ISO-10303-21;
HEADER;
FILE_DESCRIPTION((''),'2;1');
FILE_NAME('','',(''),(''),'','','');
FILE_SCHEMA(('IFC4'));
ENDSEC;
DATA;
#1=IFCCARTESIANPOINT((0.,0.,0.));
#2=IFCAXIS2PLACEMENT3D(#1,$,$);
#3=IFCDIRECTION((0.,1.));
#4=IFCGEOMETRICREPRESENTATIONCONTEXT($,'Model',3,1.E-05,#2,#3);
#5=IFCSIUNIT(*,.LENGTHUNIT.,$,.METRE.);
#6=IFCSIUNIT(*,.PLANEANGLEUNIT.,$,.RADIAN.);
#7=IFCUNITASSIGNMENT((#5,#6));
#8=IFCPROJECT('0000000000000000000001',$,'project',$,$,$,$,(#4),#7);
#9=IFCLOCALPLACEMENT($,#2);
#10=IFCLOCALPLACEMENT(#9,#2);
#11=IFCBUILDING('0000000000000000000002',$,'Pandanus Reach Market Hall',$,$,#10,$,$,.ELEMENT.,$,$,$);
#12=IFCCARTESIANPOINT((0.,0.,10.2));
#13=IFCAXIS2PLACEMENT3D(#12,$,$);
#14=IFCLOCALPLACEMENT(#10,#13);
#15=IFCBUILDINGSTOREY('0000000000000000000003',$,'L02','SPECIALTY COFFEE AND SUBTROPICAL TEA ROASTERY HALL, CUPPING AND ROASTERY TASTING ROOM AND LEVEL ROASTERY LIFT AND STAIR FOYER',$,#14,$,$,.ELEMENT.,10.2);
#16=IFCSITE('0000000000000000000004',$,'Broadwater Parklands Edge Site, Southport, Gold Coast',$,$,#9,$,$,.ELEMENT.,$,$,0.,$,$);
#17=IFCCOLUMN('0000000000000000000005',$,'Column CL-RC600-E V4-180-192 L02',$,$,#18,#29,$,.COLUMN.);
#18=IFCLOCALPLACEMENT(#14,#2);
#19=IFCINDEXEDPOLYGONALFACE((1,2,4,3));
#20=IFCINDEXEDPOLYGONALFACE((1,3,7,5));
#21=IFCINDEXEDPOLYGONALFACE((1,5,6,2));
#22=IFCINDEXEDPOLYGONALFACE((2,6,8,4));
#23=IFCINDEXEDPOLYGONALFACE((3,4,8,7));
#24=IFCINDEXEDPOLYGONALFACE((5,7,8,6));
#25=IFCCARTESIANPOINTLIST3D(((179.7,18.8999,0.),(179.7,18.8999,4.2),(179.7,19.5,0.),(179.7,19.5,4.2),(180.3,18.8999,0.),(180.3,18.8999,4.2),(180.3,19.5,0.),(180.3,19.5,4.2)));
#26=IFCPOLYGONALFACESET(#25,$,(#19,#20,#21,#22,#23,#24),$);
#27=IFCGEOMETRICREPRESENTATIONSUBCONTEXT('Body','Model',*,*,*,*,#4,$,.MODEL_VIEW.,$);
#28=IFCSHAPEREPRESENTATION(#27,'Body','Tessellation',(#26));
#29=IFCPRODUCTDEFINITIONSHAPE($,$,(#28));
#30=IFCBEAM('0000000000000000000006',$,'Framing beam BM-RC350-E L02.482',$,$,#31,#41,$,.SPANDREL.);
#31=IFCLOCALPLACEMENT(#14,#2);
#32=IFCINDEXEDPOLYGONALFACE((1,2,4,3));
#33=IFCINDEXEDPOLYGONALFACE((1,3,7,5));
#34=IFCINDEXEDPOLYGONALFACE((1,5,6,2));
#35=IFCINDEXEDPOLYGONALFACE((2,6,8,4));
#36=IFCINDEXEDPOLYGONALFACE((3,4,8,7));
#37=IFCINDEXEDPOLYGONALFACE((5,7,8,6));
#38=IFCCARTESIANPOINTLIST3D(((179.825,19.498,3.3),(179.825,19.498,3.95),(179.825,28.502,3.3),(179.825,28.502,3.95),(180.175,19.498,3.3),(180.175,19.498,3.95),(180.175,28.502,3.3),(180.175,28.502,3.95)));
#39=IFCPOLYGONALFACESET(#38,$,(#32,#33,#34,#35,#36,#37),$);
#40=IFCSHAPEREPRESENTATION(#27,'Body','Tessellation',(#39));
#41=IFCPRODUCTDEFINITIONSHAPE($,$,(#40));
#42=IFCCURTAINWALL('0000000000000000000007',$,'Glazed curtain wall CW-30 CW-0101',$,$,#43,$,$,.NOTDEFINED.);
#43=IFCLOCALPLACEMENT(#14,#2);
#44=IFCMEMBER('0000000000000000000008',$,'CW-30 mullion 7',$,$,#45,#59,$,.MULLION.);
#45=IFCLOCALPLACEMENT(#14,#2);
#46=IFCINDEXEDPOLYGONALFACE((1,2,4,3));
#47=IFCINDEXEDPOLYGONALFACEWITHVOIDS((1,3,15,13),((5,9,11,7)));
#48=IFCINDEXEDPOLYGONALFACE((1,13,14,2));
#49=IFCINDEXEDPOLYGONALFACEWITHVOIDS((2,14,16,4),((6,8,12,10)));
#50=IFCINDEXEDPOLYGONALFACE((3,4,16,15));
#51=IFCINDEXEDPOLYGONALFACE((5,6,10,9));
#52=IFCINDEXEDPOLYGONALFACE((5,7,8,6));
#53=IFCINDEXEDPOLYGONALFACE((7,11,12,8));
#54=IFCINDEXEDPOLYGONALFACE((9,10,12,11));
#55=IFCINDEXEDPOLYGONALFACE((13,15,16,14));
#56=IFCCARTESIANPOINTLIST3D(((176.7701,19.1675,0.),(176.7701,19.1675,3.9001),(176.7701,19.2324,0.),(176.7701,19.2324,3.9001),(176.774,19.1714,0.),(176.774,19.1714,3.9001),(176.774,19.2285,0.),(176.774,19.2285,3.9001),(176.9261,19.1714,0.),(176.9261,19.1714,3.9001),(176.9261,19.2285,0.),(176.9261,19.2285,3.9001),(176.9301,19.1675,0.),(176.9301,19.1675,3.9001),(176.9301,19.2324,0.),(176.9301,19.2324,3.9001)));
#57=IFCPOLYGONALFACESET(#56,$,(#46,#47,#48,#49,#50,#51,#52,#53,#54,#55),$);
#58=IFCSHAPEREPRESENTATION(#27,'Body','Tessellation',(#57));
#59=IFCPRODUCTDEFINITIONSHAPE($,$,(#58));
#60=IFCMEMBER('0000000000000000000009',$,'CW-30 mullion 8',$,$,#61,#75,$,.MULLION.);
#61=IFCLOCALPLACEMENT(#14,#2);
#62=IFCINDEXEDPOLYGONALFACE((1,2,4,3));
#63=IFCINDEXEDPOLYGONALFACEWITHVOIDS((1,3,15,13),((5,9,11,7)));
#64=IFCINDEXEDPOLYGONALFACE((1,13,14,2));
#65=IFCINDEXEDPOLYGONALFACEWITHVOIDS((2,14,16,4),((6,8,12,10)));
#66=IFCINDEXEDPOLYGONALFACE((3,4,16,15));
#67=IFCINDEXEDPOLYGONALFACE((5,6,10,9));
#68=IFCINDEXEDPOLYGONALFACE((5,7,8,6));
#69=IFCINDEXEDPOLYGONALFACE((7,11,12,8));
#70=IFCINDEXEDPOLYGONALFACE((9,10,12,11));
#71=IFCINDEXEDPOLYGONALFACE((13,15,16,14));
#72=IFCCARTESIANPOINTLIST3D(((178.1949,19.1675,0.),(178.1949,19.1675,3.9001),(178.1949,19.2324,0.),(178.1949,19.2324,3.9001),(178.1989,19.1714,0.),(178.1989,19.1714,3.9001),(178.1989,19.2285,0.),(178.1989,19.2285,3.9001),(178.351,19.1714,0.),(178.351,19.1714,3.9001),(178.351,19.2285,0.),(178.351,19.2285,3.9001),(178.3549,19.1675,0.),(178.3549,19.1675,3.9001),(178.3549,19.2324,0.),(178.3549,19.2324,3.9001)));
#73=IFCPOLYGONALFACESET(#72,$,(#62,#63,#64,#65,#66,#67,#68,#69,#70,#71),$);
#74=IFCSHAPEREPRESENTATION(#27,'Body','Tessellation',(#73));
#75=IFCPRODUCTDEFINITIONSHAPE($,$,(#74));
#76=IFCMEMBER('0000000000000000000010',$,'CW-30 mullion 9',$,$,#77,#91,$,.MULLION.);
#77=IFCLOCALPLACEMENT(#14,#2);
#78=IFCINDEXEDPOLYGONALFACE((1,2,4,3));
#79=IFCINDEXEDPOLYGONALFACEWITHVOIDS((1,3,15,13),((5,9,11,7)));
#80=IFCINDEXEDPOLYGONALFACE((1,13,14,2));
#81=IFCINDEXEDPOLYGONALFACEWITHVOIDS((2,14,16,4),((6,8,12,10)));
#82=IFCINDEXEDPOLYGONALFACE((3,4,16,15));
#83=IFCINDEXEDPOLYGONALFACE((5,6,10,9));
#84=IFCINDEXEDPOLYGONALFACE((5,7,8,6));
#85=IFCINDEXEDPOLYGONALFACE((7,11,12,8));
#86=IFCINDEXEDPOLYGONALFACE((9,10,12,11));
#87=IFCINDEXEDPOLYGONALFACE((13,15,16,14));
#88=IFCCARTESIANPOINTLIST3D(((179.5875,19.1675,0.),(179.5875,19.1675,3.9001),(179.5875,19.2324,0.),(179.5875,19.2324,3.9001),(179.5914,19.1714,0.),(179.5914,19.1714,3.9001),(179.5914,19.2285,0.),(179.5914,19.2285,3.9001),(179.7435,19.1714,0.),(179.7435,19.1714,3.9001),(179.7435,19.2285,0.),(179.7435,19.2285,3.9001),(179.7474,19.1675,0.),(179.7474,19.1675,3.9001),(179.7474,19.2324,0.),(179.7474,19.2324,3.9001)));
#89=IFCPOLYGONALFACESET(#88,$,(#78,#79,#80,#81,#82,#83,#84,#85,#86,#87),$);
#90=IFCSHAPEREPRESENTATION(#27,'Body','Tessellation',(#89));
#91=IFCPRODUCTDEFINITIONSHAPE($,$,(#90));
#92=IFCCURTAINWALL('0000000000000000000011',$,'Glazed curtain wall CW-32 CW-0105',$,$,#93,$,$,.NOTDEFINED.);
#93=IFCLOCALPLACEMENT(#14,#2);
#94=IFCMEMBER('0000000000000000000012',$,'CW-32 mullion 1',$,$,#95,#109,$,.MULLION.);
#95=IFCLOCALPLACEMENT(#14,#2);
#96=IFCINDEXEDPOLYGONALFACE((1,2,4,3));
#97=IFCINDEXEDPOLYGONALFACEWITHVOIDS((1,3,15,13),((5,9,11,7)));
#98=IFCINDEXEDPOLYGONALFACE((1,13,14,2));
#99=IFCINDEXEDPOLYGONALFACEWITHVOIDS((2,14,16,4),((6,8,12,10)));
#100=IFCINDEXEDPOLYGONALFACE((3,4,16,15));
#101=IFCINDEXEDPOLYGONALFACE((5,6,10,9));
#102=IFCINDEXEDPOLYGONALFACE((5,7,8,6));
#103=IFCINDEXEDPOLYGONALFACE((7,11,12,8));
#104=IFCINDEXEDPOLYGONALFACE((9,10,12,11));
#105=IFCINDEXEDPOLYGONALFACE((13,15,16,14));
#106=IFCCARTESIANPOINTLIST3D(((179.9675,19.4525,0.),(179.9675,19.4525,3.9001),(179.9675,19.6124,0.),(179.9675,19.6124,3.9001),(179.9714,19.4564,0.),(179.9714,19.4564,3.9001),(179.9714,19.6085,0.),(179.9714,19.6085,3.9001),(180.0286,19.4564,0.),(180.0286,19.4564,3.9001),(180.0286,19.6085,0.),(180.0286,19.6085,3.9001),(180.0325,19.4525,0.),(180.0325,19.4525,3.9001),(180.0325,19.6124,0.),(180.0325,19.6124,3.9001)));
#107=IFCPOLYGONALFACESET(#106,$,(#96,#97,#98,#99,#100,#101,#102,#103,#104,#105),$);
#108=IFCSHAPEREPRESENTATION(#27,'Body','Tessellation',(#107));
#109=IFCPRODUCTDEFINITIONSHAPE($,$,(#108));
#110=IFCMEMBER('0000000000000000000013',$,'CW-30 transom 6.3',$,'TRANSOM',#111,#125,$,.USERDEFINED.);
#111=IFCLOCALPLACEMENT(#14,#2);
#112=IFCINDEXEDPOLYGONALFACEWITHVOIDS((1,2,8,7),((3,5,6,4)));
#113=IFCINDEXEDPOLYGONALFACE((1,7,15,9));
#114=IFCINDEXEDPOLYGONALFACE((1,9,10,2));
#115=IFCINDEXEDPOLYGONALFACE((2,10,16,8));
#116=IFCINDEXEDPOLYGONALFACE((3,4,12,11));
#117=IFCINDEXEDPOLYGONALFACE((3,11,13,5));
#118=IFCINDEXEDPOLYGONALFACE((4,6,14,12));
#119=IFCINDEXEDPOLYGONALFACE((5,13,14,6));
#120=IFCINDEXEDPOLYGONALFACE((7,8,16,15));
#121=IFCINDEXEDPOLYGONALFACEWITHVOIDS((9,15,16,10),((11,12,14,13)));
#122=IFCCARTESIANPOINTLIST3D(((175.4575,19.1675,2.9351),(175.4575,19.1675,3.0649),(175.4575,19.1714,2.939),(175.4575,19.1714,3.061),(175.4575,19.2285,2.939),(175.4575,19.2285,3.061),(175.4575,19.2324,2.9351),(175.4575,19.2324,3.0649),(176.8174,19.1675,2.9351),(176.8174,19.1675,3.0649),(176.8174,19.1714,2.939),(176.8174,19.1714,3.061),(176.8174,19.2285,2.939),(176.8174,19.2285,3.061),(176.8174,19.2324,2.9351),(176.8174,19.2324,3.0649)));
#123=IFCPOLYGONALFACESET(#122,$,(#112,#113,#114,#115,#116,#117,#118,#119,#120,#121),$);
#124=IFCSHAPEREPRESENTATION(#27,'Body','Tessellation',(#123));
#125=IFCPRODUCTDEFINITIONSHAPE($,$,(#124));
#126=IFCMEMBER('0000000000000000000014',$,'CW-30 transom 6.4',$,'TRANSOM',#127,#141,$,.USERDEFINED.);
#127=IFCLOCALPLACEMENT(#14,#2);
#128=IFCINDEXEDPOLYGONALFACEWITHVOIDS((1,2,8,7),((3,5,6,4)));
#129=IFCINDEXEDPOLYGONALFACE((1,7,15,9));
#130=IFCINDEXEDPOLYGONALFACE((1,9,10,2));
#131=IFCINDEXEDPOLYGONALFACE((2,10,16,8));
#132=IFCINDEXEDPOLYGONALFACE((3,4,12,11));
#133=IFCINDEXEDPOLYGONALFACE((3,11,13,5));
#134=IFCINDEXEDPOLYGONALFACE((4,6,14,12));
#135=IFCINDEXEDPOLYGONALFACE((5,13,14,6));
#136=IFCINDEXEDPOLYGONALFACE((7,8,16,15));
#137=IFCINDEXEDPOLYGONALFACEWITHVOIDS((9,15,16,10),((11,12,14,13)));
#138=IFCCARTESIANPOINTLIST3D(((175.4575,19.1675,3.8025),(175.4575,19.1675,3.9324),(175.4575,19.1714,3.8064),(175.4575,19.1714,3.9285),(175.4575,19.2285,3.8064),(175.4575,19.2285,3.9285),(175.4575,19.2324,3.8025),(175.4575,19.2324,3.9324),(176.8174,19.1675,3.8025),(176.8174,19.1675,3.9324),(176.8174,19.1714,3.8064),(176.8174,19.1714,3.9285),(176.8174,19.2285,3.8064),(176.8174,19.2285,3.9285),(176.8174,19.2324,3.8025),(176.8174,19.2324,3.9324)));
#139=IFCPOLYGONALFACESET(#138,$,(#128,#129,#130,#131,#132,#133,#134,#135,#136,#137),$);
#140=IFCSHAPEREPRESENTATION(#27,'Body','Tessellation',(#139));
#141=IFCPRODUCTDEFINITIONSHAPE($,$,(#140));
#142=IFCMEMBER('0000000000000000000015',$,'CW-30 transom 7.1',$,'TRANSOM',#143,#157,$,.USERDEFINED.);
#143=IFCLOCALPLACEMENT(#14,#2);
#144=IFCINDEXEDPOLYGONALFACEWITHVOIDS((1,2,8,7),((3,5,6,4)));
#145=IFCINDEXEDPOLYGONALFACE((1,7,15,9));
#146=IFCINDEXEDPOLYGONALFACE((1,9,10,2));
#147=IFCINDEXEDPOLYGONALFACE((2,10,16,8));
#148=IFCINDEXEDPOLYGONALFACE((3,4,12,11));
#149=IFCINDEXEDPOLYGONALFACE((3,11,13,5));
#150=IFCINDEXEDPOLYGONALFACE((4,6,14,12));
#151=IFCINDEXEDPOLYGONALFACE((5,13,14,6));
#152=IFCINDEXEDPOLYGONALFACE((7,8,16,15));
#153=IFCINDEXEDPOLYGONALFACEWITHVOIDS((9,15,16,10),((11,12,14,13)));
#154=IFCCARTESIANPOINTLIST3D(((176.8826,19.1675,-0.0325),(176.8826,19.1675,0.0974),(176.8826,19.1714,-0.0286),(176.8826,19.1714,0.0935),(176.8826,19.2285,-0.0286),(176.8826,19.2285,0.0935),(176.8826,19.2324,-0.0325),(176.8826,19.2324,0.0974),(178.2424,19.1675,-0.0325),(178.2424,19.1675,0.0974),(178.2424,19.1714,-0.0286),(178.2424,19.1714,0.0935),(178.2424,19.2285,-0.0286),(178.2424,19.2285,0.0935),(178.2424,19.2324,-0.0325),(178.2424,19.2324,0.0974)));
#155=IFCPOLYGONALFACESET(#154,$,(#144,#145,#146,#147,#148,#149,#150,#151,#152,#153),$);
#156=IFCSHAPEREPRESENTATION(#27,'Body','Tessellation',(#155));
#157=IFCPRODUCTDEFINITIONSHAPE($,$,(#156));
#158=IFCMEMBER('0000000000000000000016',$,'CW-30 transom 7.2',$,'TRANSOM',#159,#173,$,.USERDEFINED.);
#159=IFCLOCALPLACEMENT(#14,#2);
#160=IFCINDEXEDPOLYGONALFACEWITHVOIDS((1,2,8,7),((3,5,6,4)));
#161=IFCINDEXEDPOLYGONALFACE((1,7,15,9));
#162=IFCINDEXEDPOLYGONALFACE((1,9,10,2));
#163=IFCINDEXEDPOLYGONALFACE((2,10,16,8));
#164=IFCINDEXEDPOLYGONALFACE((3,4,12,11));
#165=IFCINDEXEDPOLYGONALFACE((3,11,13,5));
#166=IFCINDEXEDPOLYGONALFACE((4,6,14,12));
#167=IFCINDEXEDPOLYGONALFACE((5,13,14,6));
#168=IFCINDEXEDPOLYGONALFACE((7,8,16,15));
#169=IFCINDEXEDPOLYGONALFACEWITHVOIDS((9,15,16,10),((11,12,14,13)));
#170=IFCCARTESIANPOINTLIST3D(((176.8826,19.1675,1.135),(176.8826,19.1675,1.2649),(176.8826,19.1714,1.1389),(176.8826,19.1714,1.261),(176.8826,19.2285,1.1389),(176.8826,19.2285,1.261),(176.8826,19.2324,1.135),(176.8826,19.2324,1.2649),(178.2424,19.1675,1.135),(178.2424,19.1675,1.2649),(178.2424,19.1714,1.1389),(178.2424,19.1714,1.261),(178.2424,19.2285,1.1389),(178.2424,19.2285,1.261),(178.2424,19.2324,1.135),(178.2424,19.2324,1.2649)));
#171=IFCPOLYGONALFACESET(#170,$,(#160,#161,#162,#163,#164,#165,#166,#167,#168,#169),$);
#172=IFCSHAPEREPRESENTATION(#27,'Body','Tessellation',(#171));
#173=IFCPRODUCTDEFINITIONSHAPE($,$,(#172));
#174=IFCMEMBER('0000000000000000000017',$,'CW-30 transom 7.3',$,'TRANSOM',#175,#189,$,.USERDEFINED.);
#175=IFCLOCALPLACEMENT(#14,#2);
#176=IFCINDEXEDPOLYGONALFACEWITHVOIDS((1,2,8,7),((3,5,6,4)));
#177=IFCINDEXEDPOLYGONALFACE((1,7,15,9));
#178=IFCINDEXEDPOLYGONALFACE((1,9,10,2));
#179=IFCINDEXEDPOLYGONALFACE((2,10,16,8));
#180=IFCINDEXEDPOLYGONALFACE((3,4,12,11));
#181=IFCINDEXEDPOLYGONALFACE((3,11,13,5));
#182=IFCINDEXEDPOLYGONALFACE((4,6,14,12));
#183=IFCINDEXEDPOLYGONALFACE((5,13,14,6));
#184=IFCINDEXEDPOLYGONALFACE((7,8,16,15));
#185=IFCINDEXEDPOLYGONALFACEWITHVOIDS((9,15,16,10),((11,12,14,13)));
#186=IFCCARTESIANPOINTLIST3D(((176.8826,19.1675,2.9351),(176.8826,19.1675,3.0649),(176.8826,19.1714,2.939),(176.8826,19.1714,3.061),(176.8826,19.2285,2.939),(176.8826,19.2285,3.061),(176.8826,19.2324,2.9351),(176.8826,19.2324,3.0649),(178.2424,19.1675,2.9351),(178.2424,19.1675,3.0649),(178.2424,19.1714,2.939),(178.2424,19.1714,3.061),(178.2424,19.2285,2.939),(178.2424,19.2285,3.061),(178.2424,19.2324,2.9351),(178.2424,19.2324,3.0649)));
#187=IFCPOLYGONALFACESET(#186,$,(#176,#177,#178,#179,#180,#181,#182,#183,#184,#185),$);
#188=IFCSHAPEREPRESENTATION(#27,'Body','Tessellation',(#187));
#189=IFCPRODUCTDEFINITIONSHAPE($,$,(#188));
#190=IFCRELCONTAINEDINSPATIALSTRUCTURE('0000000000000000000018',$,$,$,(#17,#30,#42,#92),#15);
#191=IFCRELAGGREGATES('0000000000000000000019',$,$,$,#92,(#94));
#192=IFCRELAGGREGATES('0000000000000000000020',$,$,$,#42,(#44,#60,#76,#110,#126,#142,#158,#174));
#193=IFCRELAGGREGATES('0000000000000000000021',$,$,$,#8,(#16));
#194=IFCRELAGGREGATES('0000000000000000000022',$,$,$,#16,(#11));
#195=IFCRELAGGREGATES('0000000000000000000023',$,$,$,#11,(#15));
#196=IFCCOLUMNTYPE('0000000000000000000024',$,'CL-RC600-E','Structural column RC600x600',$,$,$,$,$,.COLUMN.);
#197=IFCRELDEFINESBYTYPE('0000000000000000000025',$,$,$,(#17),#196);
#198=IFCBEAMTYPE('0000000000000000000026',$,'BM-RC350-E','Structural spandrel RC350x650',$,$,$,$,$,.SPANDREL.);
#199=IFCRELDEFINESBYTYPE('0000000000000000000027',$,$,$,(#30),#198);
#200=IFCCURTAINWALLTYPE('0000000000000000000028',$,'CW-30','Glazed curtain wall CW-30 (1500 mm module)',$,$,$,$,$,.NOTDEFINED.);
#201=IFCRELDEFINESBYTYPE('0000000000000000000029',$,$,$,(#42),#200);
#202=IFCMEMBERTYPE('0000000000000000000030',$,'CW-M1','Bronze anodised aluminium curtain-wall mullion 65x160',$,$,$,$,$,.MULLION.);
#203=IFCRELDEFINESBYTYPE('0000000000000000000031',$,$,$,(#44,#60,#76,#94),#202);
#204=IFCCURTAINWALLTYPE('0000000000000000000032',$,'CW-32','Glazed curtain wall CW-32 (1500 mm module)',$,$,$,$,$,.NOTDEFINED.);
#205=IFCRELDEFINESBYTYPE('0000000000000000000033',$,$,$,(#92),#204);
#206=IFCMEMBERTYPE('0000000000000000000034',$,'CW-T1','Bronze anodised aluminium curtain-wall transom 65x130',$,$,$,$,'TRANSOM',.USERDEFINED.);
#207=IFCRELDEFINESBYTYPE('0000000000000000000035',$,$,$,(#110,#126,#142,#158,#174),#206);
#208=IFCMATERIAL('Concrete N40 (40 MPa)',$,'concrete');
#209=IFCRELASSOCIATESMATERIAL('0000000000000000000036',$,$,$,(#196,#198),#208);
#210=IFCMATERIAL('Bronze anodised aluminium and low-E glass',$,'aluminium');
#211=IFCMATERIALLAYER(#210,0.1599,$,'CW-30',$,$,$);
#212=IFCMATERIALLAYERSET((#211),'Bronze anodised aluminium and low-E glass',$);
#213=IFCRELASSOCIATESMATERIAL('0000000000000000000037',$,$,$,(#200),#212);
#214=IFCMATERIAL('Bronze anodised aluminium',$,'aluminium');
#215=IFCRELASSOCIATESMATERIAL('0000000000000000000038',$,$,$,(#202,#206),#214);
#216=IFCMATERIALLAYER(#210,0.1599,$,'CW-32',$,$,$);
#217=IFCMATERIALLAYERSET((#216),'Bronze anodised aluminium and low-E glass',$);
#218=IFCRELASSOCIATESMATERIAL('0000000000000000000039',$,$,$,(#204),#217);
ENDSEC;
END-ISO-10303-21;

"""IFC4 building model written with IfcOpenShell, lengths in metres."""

from ifc_helpers import new_model, si_unit, direction, frame, origin, origin_2d, place, context, subcontext, project, spatial, rectangle, hollow_rectangle, extrude, material, layer, layer_set, material_profile, profile_set, type_object, element, aggregate, save


model = new_model("IFC4")

# Units and contexts
model_context = context("Model", 3, precision=1e-05, world=origin(), true_north=direction((0.0, 1.0)))
body_context = subcontext(model_context, "Body", "Model", "MODEL_VIEW")
ifc_project = project(units=[si_unit("LENGTHUNIT", "METRE"), si_unit("PLANEANGLEUNIT", "RADIAN")], contexts=[model_context])

# Site, building, storey
site_placement = place(None, origin())
site = spatial("IfcSite", under=ifc_project, at=site_placement, Name="Broadwater Parklands Edge Site, Southport, Gold Coast", CompositionType="ELEMENT", RefElevation=0.0)
building_placement = place(site_placement, origin())
building = spatial("IfcBuilding", under=site, at=building_placement, Name="Pandanus Reach Market Hall", CompositionType="ELEMENT")
storey_placement = place(building_placement, frame((0.0, 0.0, 10.2)))
storey = spatial("IfcBuildingStorey", under=building, at=storey_placement, Name="L02", Description="SPECIALTY COFFEE AND SUBTROPICAL TEA ROASTERY HALL, CUPPING AND ROASTERY TASTING ROOM AND LEVEL ROASTERY LIFT AND STAIR FOYER", CompositionType="ELEMENT", Elevation=10.2)

# Column
ifc_material_1 = material(Name="Concrete N40 (40 MPa)", Category="concrete")
ifc_material_profile_1 = material_profile(ifc_material_1, rectangle(XDim=0.6001, YDim=0.6001, at=origin_2d()), Name="RC600x600", Category="LoadBearing")
ifc_profile_set_1 = profile_set([ifc_material_profile_1], Name="Concrete N40 (40 MPa)")
column_type = type_object("IfcColumnType", Name="CL-RC600-E", Description="Structural column RC600x600", PredefinedType="COLUMN", material=ifc_profile_set_1)
column_placement = place(storey_placement, frame((180.0, 19.2, 0.0), z_axis=(0.0, 0.0, 1.0), x_axis=(1.0, 0.0, 0.0)))
element("IfcColumn", 1, at=column_placement, inside=storey, type_object=column_type, Name="Column CL-RC600-E V4-180-192 L02", PredefinedType="COLUMN", context=body_context, shape_type="SweptSolid", body=[
    extrude(rectangle(XDim=0.6001, YDim=0.6001, at=origin_2d()), origin(), (0.0, 0.0, 1.0), 4.2),
])

# Beam
ifc_material_profile_2 = material_profile(ifc_material_1, rectangle(XDim=0.3501, YDim=0.6499, at=origin_2d()), Name="RC350x650", Category="LoadBearing")
ifc_profile_set_2 = profile_set([ifc_material_profile_2], Name="Concrete N40 (40 MPa)")
beam_type_1 = type_object("IfcBeamType", Name="BM-RC350-E", Description="Structural spandrel RC350x650", PredefinedType="SPANDREL", material=ifc_profile_set_2)
beam_placement = place(storey_placement, frame((180.0, 19.498, 3.625), z_axis=(0.0, 1.0, 0.0), x_axis=(-1.0, 0.0, 0.0)))
element("IfcBeam", 2, at=beam_placement, inside=storey, type_object=beam_type_1, Name="Framing beam BM-RC350-E L02.482", PredefinedType="SPANDREL", context=body_context, shape_type="SweptSolid", body=[
    extrude(rectangle(XDim=0.3501, YDim=0.6499, at=origin_2d()), origin(), (0.0, 0.0, 1.0), 9.0039),
])

# Curtain wall, members
ifc_material_2 = material(Name="Bronze anodised aluminium and low-E glass", Category="aluminium")
ifc_layer_1 = layer(ifc_material_2, 0.1599, Name="CW-30")
ifc_layer_set_1 = layer_set([ifc_layer_1], Name="Bronze anodised aluminium and low-E glass")
curtain_wall_type_1 = type_object("IfcCurtainWallType", Name="CW-30", Description="Glazed curtain wall CW-30 (1500 mm module)", PredefinedType="NOTDEFINED", material=ifc_layer_set_1)
curtain_wall_1_placement = place(storey_placement, origin())
curtain_wall_1 = element("IfcCurtainWall", 3, at=curtain_wall_1_placement, inside=storey, type_object=curtain_wall_type_1, Name="Glazed curtain wall CW-30 CW-0101", PredefinedType="NOTDEFINED")
ifc_material_3 = material(Name="Bronze anodised aluminium", Category="aluminium")
ifc_material_profile_3 = material_profile(ifc_material_3, hollow_rectangle(XDim=0.0649, YDim=0.1599, WallThickness=0.0039, at=origin_2d()), Name="ALU65x160", Category="LoadBearing")
ifc_profile_set_3 = profile_set([ifc_material_profile_3], Name="Bronze anodised aluminium")
member_type_1 = type_object("IfcMemberType", Name="CW-M1", Description="Bronze anodised aluminium curtain-wall mullion 65x160", PredefinedType="MULLION", material=ifc_profile_set_3)
member_1_placement = place(storey_placement, frame((176.8501, 19.2, 0.0), z_axis=(0.0, 0.0, 1.0), x_axis=(0.0, 1.0, 0.0)))
member_1 = element("IfcMember", 4, at=member_1_placement, type_object=member_type_1, Name="CW-30 mullion 7", PredefinedType="MULLION", context=body_context, shape_type="SweptSolid", body=[
    extrude(hollow_rectangle(XDim=0.0649, YDim=0.1599, WallThickness=0.0039, at=origin_2d()), origin(), (0.0, 0.0, 1.0), 3.9001),
])
member_2_placement = place(storey_placement, frame((178.2749, 19.2, 0.0), z_axis=(0.0, 0.0, 1.0), x_axis=(0.0, 1.0, 0.0)))
member_2 = element("IfcMember", 5, at=member_2_placement, type_object=member_type_1, Name="CW-30 mullion 8", PredefinedType="MULLION", context=body_context, shape_type="SweptSolid", body=[
    extrude(hollow_rectangle(XDim=0.0649, YDim=0.1599, WallThickness=0.0039, at=origin_2d()), origin(), (0.0, 0.0, 1.0), 3.9001),
])
member_3_placement = place(storey_placement, frame((179.6675, 19.2, 0.0), z_axis=(0.0, 0.0, 1.0), x_axis=(0.0, 1.0, 0.0)))
member_3 = element("IfcMember", 6, at=member_3_placement, type_object=member_type_1, Name="CW-30 mullion 9", PredefinedType="MULLION", context=body_context, shape_type="SweptSolid", body=[
    extrude(hollow_rectangle(XDim=0.0649, YDim=0.1599, WallThickness=0.0039, at=origin_2d()), origin(), (0.0, 0.0, 1.0), 3.9001),
])

# Curtain wall, member
ifc_layer_2 = layer(ifc_material_2, 0.1599, Name="CW-32")
ifc_layer_set_2 = layer_set([ifc_layer_2], Name="Bronze anodised aluminium and low-E glass")
curtain_wall_type_2 = type_object("IfcCurtainWallType", Name="CW-32", Description="Glazed curtain wall CW-32 (1500 mm module)", PredefinedType="NOTDEFINED", material=ifc_layer_set_2)
curtain_wall_2_placement = place(storey_placement, origin())
curtain_wall_2 = element("IfcCurtainWall", 7, at=curtain_wall_2_placement, inside=storey, type_object=curtain_wall_type_2, Name="Glazed curtain wall CW-32 CW-0105", PredefinedType="NOTDEFINED")
member_4_placement = place(storey_placement, frame((180.0, 19.5325, 0.0), z_axis=(0.0, 0.0, 1.0), x_axis=(-1.0, 0.0, 0.0)))
member_4 = element("IfcMember", 8, at=member_4_placement, type_object=member_type_1, Name="CW-32 mullion 1", PredefinedType="MULLION", context=body_context, shape_type="SweptSolid", body=[
    extrude(hollow_rectangle(XDim=0.0649, YDim=0.1599, WallThickness=0.0039, at=origin_2d()), origin(), (0.0, 0.0, 1.0), 3.9001),
])

# Members
ifc_material_profile_4 = material_profile(ifc_material_3, hollow_rectangle(XDim=0.0649, YDim=0.1299, WallThickness=0.0039, at=origin_2d()), Name="ALU65x130", Category="LoadBearing")
ifc_profile_set_4 = profile_set([ifc_material_profile_4], Name="Bronze anodised aluminium")
member_type_2 = type_object("IfcMemberType", Name="CW-T1", Description="Bronze anodised aluminium curtain-wall transom 65x130", ElementType="TRANSOM", PredefinedType="USERDEFINED", material=ifc_profile_set_4)
member_5_placement = place(storey_placement, frame((175.4575, 19.2, 3.0), z_axis=(1.0, 0.0, 0.0), x_axis=(0.0, 1.0, 0.0)))
member_5 = element("IfcMember", 9, at=member_5_placement, type_object=member_type_2, Name="CW-30 transom 6.3", ObjectType="TRANSOM", PredefinedType="USERDEFINED", context=body_context, shape_type="SweptSolid", body=[
    extrude(hollow_rectangle(XDim=0.0649, YDim=0.1299, WallThickness=0.0039, at=origin_2d()), origin(), (0.0, 0.0, 1.0), 1.3599),
])
member_6_placement = place(storey_placement, frame((175.4575, 19.2, 3.8674), z_axis=(1.0, 0.0, 0.0), x_axis=(0.0, 1.0, 0.0)))
member_6 = element("IfcMember", 10, at=member_6_placement, type_object=member_type_2, Name="CW-30 transom 6.4", ObjectType="TRANSOM", PredefinedType="USERDEFINED", context=body_context, shape_type="SweptSolid", body=[
    extrude(hollow_rectangle(XDim=0.0649, YDim=0.1299, WallThickness=0.0039, at=origin_2d()), origin(), (0.0, 0.0, 1.0), 1.3599),
])
member_7_placement = place(storey_placement, frame((176.8826, 19.2, 0.0325), z_axis=(1.0, 0.0, 0.0), x_axis=(0.0, 1.0, 0.0)))
member_7 = element("IfcMember", 11, at=member_7_placement, type_object=member_type_2, Name="CW-30 transom 7.1", ObjectType="TRANSOM", PredefinedType="USERDEFINED", context=body_context, shape_type="SweptSolid", body=[
    extrude(hollow_rectangle(XDim=0.0649, YDim=0.1299, WallThickness=0.0039, at=origin_2d()), origin(), (0.0, 0.0, 1.0), 1.3599),
])
member_8_placement = place(storey_placement, frame((176.8826, 19.2, 1.2), z_axis=(1.0, 0.0, 0.0), x_axis=(0.0, 1.0, 0.0)))
member_8 = element("IfcMember", 12, at=member_8_placement, type_object=member_type_2, Name="CW-30 transom 7.2", ObjectType="TRANSOM", PredefinedType="USERDEFINED", context=body_context, shape_type="SweptSolid", body=[
    extrude(hollow_rectangle(XDim=0.0649, YDim=0.1299, WallThickness=0.0039, at=origin_2d()), origin(), (0.0, 0.0, 1.0), 1.3599),
])
member_9_placement = place(storey_placement, frame((176.8826, 19.2, 3.0), z_axis=(1.0, 0.0, 0.0), x_axis=(0.0, 1.0, 0.0)))
member_9 = element("IfcMember", 13, at=member_9_placement, type_object=member_type_2, Name="CW-30 transom 7.3", ObjectType="TRANSOM", PredefinedType="USERDEFINED", context=body_context, shape_type="SweptSolid", body=[
    extrude(hollow_rectangle(XDim=0.0649, YDim=0.1299, WallThickness=0.0039, at=origin_2d()), origin(), (0.0, 0.0, 1.0), 1.3599),
])
aggregate(curtain_wall_2, [member_4])

aggregate(curtain_wall_1, [member_1, member_2, member_3, member_5, member_6, member_7, member_8, member_9])

save(model, "model.ifc")
